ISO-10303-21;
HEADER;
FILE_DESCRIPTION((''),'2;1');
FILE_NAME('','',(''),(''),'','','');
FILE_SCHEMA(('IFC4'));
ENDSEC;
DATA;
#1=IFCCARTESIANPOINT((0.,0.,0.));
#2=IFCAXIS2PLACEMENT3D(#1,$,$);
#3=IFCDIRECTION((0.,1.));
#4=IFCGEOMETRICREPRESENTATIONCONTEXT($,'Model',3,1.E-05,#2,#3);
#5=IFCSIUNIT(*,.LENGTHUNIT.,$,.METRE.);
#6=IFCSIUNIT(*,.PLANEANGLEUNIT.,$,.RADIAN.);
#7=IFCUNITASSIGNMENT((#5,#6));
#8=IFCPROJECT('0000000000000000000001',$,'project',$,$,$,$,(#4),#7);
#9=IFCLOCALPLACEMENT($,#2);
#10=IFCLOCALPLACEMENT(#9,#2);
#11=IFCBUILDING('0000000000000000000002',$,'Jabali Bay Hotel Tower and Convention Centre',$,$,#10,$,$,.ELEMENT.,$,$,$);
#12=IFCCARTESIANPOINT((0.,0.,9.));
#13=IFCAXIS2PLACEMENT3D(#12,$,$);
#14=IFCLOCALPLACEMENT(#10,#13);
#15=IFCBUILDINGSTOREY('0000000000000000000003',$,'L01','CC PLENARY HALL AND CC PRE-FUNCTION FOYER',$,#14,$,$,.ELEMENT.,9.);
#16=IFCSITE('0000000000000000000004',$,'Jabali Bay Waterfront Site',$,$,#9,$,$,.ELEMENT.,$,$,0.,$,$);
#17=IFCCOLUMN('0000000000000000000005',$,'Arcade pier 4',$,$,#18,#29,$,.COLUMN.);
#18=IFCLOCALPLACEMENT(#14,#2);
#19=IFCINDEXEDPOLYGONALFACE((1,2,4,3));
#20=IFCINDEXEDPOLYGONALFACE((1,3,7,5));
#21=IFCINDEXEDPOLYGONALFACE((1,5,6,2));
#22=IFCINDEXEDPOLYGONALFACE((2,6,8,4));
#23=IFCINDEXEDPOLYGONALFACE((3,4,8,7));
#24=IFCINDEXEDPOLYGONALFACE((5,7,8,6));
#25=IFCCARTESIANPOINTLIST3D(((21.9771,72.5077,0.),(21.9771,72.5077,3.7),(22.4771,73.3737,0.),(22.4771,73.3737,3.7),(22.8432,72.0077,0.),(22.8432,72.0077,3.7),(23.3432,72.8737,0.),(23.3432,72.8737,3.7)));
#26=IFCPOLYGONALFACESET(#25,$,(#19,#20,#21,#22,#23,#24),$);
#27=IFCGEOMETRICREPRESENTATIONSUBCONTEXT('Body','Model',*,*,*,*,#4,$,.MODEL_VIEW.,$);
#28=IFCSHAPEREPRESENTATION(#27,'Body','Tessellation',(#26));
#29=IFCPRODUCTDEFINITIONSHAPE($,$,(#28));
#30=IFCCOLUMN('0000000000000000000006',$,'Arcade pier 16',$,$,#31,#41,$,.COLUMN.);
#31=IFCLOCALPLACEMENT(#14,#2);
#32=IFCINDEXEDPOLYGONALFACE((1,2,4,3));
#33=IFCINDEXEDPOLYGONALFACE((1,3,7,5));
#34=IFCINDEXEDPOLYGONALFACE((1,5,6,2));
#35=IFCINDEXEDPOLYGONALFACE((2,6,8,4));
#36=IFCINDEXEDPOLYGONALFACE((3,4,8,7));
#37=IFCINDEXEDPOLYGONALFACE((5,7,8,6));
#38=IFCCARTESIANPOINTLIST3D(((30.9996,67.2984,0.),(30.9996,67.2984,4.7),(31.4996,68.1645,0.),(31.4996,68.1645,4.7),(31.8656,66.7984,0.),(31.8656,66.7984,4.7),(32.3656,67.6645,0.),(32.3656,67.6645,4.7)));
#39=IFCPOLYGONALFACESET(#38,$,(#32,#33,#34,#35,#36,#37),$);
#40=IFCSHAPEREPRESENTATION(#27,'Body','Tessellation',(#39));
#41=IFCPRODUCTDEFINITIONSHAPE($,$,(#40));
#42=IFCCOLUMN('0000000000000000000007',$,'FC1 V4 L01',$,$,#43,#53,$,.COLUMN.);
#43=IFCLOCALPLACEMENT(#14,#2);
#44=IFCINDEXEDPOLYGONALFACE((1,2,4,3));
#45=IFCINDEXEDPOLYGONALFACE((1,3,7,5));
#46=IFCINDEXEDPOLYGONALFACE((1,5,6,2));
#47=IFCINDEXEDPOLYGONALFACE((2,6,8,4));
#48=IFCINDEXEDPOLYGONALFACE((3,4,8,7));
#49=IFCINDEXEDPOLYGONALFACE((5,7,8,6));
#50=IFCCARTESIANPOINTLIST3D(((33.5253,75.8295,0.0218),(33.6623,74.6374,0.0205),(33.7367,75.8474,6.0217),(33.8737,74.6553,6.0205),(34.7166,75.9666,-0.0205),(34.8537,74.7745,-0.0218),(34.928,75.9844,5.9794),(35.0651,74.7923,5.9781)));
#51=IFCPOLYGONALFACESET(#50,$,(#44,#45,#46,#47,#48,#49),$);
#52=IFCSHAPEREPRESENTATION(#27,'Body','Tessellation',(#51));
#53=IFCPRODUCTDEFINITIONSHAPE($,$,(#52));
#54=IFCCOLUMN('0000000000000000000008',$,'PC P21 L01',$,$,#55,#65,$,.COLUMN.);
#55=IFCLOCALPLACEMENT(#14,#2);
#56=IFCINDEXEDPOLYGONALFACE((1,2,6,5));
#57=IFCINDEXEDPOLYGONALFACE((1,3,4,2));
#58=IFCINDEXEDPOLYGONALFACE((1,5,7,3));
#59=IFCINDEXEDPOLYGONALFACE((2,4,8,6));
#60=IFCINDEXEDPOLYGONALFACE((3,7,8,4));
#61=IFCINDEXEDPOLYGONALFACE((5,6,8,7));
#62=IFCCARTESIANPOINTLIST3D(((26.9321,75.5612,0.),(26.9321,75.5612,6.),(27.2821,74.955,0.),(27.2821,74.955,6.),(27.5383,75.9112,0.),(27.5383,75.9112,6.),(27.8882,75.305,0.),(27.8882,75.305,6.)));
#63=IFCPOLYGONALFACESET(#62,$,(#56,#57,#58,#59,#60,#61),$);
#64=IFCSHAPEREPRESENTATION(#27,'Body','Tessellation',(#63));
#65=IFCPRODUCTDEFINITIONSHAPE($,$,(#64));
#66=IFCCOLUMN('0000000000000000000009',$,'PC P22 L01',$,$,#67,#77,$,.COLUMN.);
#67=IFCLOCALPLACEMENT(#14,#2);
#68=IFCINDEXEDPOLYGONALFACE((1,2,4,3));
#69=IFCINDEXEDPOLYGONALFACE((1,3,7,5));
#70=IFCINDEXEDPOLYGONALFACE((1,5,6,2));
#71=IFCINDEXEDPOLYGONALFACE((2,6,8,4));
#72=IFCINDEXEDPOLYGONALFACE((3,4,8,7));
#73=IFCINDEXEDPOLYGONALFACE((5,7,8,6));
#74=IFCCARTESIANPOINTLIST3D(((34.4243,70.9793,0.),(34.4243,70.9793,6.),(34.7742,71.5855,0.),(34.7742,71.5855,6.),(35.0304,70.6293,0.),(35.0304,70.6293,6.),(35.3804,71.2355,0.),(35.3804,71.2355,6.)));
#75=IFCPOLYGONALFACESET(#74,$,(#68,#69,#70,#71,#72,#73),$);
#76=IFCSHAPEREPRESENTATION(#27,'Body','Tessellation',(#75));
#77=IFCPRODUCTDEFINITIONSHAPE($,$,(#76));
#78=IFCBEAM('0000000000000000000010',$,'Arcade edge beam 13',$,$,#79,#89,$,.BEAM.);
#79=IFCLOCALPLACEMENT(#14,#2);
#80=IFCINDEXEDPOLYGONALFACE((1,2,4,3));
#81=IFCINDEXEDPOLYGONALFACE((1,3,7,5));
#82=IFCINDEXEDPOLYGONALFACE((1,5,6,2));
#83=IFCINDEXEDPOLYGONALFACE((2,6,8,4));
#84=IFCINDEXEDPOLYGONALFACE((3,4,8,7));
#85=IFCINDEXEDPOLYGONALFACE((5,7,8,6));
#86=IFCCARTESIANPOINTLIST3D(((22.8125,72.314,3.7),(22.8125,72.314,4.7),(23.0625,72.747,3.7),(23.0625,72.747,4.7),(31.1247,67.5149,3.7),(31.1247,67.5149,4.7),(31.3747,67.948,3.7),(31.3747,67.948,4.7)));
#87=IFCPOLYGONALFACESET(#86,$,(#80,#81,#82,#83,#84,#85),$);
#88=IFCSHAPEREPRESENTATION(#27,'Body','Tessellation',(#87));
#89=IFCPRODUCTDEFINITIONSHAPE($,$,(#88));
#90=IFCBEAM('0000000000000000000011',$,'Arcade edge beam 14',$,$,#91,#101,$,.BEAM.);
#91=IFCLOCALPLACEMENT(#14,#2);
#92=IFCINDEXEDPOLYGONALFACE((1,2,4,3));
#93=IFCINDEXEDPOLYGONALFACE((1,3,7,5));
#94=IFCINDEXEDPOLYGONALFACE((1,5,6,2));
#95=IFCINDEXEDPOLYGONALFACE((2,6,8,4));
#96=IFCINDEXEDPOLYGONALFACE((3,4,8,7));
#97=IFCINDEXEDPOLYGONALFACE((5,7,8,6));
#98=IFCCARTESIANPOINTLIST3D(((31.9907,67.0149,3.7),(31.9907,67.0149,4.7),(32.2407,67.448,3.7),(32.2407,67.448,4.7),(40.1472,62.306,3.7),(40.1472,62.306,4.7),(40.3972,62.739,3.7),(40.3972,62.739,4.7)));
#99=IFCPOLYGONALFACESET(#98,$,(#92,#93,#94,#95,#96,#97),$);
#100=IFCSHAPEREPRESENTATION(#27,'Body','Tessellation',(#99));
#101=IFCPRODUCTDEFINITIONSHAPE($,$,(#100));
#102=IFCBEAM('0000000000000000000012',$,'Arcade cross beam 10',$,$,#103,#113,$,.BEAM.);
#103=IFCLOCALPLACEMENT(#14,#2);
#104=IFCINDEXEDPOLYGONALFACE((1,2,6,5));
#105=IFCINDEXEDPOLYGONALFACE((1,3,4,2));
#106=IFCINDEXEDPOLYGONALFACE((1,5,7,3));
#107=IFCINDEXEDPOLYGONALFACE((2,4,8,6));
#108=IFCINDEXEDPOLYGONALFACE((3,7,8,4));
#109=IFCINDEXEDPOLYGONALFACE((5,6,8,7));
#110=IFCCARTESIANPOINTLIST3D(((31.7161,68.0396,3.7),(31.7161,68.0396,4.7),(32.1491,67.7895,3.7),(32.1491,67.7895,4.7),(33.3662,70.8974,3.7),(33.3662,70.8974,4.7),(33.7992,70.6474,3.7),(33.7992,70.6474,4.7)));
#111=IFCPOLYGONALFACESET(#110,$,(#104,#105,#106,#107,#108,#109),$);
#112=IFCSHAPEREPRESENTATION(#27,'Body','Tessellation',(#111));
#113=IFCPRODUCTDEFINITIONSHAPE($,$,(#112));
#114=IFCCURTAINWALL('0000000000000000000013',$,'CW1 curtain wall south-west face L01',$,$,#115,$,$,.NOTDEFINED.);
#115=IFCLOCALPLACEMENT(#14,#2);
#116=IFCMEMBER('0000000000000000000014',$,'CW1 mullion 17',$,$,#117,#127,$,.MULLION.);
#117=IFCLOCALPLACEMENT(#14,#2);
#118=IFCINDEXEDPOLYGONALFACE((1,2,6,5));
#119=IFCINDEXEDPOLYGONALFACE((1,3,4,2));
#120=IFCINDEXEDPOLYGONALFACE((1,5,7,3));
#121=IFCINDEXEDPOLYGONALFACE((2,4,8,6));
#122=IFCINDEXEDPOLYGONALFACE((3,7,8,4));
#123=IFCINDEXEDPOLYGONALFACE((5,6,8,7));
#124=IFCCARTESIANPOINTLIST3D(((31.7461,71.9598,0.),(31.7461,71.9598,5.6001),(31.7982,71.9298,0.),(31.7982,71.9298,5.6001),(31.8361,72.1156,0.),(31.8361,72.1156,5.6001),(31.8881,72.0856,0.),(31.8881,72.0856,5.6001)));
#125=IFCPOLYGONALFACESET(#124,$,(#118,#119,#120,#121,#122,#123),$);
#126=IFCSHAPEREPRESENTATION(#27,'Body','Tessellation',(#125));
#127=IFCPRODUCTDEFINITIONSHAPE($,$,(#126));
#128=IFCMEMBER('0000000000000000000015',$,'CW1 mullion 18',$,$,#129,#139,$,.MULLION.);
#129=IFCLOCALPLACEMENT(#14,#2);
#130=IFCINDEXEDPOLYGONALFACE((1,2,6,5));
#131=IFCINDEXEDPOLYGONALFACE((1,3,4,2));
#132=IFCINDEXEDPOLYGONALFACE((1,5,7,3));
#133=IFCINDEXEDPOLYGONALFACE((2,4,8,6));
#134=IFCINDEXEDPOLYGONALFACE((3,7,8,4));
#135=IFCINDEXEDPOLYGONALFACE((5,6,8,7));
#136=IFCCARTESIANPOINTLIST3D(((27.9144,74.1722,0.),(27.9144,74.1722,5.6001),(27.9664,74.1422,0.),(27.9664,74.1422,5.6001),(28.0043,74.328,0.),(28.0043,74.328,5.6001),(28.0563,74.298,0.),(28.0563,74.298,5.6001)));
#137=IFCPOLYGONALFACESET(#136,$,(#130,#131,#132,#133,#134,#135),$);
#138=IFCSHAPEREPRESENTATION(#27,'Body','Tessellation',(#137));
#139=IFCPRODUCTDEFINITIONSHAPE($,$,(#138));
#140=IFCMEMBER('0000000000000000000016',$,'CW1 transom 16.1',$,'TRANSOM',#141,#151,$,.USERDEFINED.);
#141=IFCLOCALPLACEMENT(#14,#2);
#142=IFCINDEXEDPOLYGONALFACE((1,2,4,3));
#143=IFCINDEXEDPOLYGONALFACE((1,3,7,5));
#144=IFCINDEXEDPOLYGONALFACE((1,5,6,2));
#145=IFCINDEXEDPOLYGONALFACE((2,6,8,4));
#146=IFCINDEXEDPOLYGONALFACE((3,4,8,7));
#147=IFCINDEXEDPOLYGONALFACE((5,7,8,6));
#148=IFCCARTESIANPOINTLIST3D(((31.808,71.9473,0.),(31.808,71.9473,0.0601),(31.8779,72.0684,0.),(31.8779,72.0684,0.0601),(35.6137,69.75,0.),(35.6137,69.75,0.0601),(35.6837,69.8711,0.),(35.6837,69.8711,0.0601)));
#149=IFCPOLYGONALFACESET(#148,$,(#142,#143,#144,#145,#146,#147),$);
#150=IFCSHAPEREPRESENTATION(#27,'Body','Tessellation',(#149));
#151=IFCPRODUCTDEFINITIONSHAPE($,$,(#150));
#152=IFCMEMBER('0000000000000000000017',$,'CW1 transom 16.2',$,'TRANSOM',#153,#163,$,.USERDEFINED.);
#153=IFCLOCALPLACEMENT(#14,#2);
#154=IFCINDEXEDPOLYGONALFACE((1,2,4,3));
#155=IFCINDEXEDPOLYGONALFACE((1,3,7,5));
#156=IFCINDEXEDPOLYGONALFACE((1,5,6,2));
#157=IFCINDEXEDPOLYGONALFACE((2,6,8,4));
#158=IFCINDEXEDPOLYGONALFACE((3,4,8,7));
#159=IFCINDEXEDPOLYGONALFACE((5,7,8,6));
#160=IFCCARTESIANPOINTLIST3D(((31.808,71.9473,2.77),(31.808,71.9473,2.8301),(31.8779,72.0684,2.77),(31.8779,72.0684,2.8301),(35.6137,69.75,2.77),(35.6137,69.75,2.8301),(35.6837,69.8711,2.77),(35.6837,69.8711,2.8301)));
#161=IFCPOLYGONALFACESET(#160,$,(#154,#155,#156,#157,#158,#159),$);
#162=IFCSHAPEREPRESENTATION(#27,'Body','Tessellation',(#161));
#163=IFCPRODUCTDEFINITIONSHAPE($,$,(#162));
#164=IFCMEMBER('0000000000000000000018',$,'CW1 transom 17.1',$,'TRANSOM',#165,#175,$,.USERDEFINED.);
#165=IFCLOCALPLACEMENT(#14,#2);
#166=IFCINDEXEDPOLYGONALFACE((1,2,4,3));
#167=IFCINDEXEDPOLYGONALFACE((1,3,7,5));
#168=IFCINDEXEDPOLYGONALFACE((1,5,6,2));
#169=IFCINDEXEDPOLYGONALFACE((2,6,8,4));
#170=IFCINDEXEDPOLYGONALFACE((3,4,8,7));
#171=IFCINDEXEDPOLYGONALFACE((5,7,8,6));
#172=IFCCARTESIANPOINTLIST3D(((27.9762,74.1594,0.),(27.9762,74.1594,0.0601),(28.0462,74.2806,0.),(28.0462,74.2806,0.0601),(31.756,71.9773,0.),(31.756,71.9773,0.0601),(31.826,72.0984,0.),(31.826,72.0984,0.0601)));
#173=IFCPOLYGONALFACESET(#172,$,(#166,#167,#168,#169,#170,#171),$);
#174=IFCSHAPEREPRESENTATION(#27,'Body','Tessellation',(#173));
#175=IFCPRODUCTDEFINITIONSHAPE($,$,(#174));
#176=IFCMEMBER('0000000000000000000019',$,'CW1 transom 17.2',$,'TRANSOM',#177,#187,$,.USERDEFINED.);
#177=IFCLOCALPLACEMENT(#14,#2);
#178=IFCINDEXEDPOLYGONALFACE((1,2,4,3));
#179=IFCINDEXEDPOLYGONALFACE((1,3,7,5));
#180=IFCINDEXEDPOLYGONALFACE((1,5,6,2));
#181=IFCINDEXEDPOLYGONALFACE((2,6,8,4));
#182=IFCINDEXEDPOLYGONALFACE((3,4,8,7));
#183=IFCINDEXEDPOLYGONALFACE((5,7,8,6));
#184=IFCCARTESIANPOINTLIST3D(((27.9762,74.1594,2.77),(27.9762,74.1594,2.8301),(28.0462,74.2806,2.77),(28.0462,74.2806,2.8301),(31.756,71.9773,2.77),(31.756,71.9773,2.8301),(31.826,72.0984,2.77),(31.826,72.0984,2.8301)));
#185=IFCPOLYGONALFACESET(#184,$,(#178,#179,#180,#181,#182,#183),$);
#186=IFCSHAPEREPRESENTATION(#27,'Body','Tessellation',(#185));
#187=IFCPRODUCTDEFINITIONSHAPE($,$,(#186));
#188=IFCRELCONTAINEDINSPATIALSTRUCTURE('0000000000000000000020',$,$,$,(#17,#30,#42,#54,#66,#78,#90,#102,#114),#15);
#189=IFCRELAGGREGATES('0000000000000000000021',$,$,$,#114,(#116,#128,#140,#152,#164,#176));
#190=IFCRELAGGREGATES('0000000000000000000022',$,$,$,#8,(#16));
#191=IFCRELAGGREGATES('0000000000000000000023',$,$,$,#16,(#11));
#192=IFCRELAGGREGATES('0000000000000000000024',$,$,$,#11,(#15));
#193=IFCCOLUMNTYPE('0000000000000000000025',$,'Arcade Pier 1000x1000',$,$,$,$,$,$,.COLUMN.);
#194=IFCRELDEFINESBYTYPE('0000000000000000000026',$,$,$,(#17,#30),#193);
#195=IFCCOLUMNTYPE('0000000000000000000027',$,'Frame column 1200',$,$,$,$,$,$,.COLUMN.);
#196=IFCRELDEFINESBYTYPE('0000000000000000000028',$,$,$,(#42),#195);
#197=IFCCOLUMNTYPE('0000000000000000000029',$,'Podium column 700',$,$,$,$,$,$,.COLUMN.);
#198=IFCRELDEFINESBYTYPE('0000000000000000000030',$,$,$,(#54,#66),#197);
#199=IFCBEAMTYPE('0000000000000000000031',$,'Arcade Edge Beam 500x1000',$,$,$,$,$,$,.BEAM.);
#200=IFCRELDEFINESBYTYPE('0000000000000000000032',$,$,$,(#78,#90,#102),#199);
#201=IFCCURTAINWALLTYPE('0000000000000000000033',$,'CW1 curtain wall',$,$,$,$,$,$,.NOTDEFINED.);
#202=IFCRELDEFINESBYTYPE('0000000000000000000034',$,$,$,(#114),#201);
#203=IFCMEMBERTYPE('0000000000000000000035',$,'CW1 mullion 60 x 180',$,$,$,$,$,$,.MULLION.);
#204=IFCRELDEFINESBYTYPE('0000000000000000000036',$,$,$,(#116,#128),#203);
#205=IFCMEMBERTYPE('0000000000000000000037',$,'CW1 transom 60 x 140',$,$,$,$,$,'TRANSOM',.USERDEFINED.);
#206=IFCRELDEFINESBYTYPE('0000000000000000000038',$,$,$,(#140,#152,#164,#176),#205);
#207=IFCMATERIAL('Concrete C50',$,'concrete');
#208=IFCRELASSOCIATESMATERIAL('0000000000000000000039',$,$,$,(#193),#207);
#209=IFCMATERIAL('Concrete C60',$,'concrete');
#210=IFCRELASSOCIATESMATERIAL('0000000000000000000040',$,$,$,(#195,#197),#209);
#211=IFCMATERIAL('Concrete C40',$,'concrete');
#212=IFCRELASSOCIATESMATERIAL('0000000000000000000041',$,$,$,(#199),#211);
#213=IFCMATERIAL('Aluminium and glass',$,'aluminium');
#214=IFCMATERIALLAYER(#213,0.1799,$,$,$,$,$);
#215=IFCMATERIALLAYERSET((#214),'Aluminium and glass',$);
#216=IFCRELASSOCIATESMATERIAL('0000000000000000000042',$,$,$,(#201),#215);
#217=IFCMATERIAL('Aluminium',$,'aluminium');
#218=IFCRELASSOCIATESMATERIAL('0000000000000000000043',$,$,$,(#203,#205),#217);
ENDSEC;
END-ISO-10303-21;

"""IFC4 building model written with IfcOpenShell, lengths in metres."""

from ifc_helpers import new_model, si_unit, direction, frame, origin, origin_2d, place, context, subcontext, project, spatial, rectangle, extrude, material, layer, layer_set, material_profile, profile_set, type_object, element, aggregate, save


model = new_model("IFC4")

# Units and contexts
model_context = context("Model", 3, precision=1e-05, world=origin(), true_north=direction((0.0, 1.0)))
body_context = subcontext(model_context, "Body", "Model", "MODEL_VIEW")
ifc_project = project(units=[si_unit("LENGTHUNIT", "METRE"), si_unit("PLANEANGLEUNIT", "RADIAN")], contexts=[model_context])

# Site, building, storey
site_placement = place(None, origin())
site = spatial("IfcSite", under=ifc_project, at=site_placement, Name="Jabali Bay Waterfront Site", CompositionType="ELEMENT", RefElevation=0.0)
building_placement = place(site_placement, origin())
building = spatial("IfcBuilding", under=site, at=building_placement, Name="Jabali Bay Hotel Tower and Convention Centre", CompositionType="ELEMENT")
storey_placement = place(building_placement, frame((0.0, 0.0, 9.0)))
storey = spatial("IfcBuildingStorey", under=building, at=storey_placement, Name="L01", Description="CC PLENARY HALL AND CC PRE-FUNCTION FOYER", CompositionType="ELEMENT", Elevation=9.0)

# Columns
ifc_material_1 = material(Name="Concrete C50", Category="concrete")
ifc_material_profile_1 = material_profile(ifc_material_1, rectangle(XDim=1.0, YDim=1.0, at=origin_2d()), Name="RC 1000x1000")
ifc_profile_set_1 = profile_set([ifc_material_profile_1], Name="Concrete C50")
column_type_1 = type_object("IfcColumnType", Name="Arcade Pier 1000x1000", PredefinedType="COLUMN", material=ifc_profile_set_1)
column_1_placement = place(storey_placement, frame((22.6602, 72.6907, 0.0), z_axis=(0.0, 0.0, 1.0), x_axis=(0.866025, -0.5, 0.0)))
element("IfcColumn", 1, at=column_1_placement, inside=storey, type_object=column_type_1, Name="Arcade pier 4", PredefinedType="COLUMN", context=body_context, shape_type="SweptSolid", body=[
    extrude(rectangle(XDim=1.0, YDim=1.0, at=origin_2d()), origin(), (0.0, 0.0, 1.0), 3.7),
])
column_2_placement = place(storey_placement, frame((31.6826, 67.4814, 0.0), z_axis=(0.0, 0.0, 1.0), x_axis=(0.866025, -0.5, 0.0)))
element("IfcColumn", 2, at=column_2_placement, inside=storey, type_object=column_type_1, Name="Arcade pier 16", PredefinedType="COLUMN", context=body_context, shape_type="SweptSolid", body=[
    extrude(rectangle(XDim=1.0, YDim=1.0, at=origin_2d()), origin(), (0.0, 0.0, 1.0), 4.7),
])
ifc_material_2 = material(Name="Concrete C60", Category="concrete")
ifc_material_profile_2 = material_profile(ifc_material_2, rectangle(XDim=1.2, YDim=1.2, at=origin_2d()), Name="Frame column 1200")
ifc_profile_set_2 = profile_set([ifc_material_profile_2], Name="Concrete C60")
column_type_2 = type_object("IfcColumnType", Name="Frame column 1200", PredefinedType="COLUMN", material=ifc_profile_set_2)
column_3_placement = place(storey_placement, frame((34.1895, 75.302, 0.0), z_axis=(0.035216, 0.002969, 0.999375), x_axis=(-0.114213, 0.993456, 0.001074)))
element("IfcColumn", 3, at=column_3_placement, inside=storey, type_object=column_type_2, Name="FC1 V4 L01", PredefinedType="COLUMN", context=body_context, shape_type="SweptSolid", body=[
    extrude(rectangle(XDim=1.2, YDim=1.2, at=origin_2d()), origin(), (0.0, 0.0, 1.0), 6.0037),
])
ifc_material_profile_3 = material_profile(ifc_material_2, rectangle(XDim=0.7, YDim=0.7, at=origin_2d()), Name="Podium column 700")
ifc_profile_set_3 = profile_set([ifc_material_profile_3], Name="Concrete C60")
column_type_3 = type_object("IfcColumnType", Name="Podium column 700", PredefinedType="COLUMN", material=ifc_profile_set_3)
for number, where, z_axis, x_axis, name in (
    (4, (27.4102, 75.4331, 0.0), (0.0, 0.0, 1.0), (0.866025, 0.5, 0.0), "PC P21 L01"),
    (5, (34.9023, 71.1074, 0.0), (0.0, 0.0, 1.0), (0.5, 0.866025, 0.0), "PC P22 L01"),
):
    element("IfcColumn", number, at=place(storey_placement, frame(where, z_axis=z_axis, x_axis=x_axis)), inside=storey, type_object=column_type_3, Name=name, PredefinedType="COLUMN", context=body_context, shape_type="SweptSolid", body=[
        extrude(rectangle(XDim=0.7, YDim=0.7, at=origin_2d()), origin(), (0.0, 0.0, 1.0), 6.0),
    ])

# Beams
ifc_material_3 = material(Name="Concrete C40", Category="concrete")
ifc_material_profile_4 = material_profile(ifc_material_3, rectangle(XDim=0.5, YDim=1.0, at=origin_2d()), Name="RC 500x1000")
ifc_profile_set_4 = profile_set([ifc_material_profile_4], Name="Concrete C40")
beam_type = type_object("IfcBeamType", Name="Arcade Edge Beam 500x1000", PredefinedType="BEAM", material=ifc_profile_set_4)
beam_1_placement = place(storey_placement, frame((22.9375, 72.5305, 4.2), z_axis=(0.866026, -0.499999, 0.0), x_axis=(0.499999, 0.866026, 0.0)))
element("IfcBeam", 6, at=beam_1_placement, inside=storey, type_object=beam_type, Name="Arcade edge beam 13", PredefinedType="BEAM", context=body_context, shape_type="SweptSolid", body=[
    extrude(rectangle(XDim=0.5, YDim=1.0, at=origin_2d()), origin(), (0.0, 0.0, 1.0), 9.5981),
])
beam_2_placement = place(storey_placement, frame((32.1157, 67.2314, 4.2), z_axis=(0.866033, -0.499986, 0.0), x_axis=(0.499986, 0.866033, 0.0)))
element("IfcBeam", 7, at=beam_2_placement, inside=storey, type_object=beam_type, Name="Arcade edge beam 14", PredefinedType="BEAM", context=body_context, shape_type="SweptSolid", body=[
    extrude(rectangle(XDim=0.5, YDim=1.0, at=origin_2d()), origin(), (0.0, 0.0, 1.0), 9.4182),
])
beam_3_placement = place(storey_placement, frame((31.9326, 67.9146, 4.2), z_axis=(0.50003, 0.866008, 0.0), x_axis=(-0.866008, 0.50003, 0.0)))
element("IfcBeam", 8, at=beam_3_placement, inside=storey, type_object=beam_type, Name="Arcade cross beam 10", PredefinedType="BEAM", context=body_context, shape_type="SweptSolid", body=[
    extrude(rectangle(XDim=0.5, YDim=1.0, at=origin_2d()), origin(), (0.0, 0.0, 1.0), 3.3),
])

# Curtain wall, members
ifc_material_4 = material(Name="Aluminium and glass", Category="aluminium")
ifc_layer_1 = layer(ifc_material_4, 0.1799)
ifc_layer_set_1 = layer_set([ifc_layer_1], Name="Aluminium and glass")
curtain_wall_type = type_object("IfcCurtainWallType", Name="CW1 curtain wall", PredefinedType="NOTDEFINED", material=ifc_layer_set_1)
curtain_wall_placement = place(storey_placement, origin())
curtain_wall = element("IfcCurtainWall", 9, at=curtain_wall_placement, inside=storey, type_object=curtain_wall_type, Name="CW1 curtain wall south-west face L01", PredefinedType="NOTDEFINED")
ifc_material_5 = material(Name="Aluminium", Category="aluminium")
ifc_material_profile_5 = material_profile(ifc_material_5, rectangle(XDim=0.1799, YDim=0.0601, at=origin_2d()), Name="CW1 mullion 60 x 180")
ifc_profile_set_5 = profile_set([ifc_material_profile_5], Name="Aluminium")
member_type_1 = type_object("IfcMemberType", Name="CW1 mullion 60 x 180", PredefinedType="MULLION", material=ifc_profile_set_5)
member_1_placement = place(storey_placement, frame((31.8171, 72.0227, 0.0), z_axis=(0.0, 0.0, 1.0), x_axis=(-0.5, -0.866025, 0.0)))
member_1 = element("IfcMember", 10, at=member_1_placement, type_object=member_type_1, Name="CW1 mullion 17", PredefinedType="MULLION", context=body_context, shape_type="SweptSolid", body=[
    extrude(rectangle(XDim=0.1799, YDim=0.0601, at=origin_2d()), origin(), (0.0, 0.0, 1.0), 5.6001),
])
member_2_placement = place(storey_placement, frame((27.9854, 74.2351, 0.0), z_axis=(0.0, 0.0, 1.0), x_axis=(-0.5, -0.866025, 0.0)))
member_2 = element("IfcMember", 11, at=member_2_placement, type_object=member_type_1, Name="CW1 mullion 18", PredefinedType="MULLION", context=body_context, shape_type="SweptSolid", body=[
    extrude(rectangle(XDim=0.1799, YDim=0.0601, at=origin_2d()), origin(), (0.0, 0.0, 1.0), 5.6001),
])
ifc_material_profile_6 = material_profile(ifc_material_5, rectangle(XDim=0.1399, YDim=0.0601, at=origin_2d()), Name="CW1 transom 60 x 140")
ifc_profile_set_6 = profile_set([ifc_material_profile_6], Name="Aluminium")
member_type_2 = type_object("IfcMemberType", Name="CW1 transom 60 x 140", ElementType="TRANSOM", PredefinedType="USERDEFINED", material=ifc_profile_set_6)
member_3_placement = place(storey_placement, frame((35.6487, 69.8105, 0.03), z_axis=(-0.866019, 0.500011, 0.0), x_axis=(-0.500011, -0.866019, 0.0)))
member_3 = element("IfcMember", 12, at=member_3_placement, type_object=member_type_2, Name="CW1 transom 16.1", ObjectType="TRANSOM", PredefinedType="USERDEFINED", context=body_context, shape_type="SweptSolid", body=[
    extrude(rectangle(XDim=0.1399, YDim=0.0601, at=origin_2d()), origin(), (0.0, 0.0, 1.0), 4.3945),
])
member_4_placement = place(storey_placement, frame((35.6487, 69.8105, 2.8), z_axis=(-0.866019, 0.500011, 0.0), x_axis=(-0.500011, -0.866019, 0.0)))
member_4 = element("IfcMember", 13, at=member_4_placement, type_object=member_type_2, Name="CW1 transom 16.2", ObjectType="TRANSOM", PredefinedType="USERDEFINED", context=body_context, shape_type="SweptSolid", body=[
    extrude(rectangle(XDim=0.1399, YDim=0.0601, at=origin_2d()), origin(), (0.0, 0.0, 1.0), 4.3945),
])
member_5_placement = place(storey_placement, frame((31.791, 72.0378, 0.03), z_axis=(-0.866038, 0.499977, 0.0), x_axis=(-0.499977, -0.866038, 0.0)))
member_5 = element("IfcMember", 14, at=member_5_placement, type_object=member_type_2, Name="CW1 transom 17.1", ObjectType="TRANSOM", PredefinedType="USERDEFINED", context=body_context, shape_type="SweptSolid", body=[
    extrude(rectangle(XDim=0.1399, YDim=0.0601, at=origin_2d()), origin(), (0.0, 0.0, 1.0), 4.3645),
])
member_6_placement = place(storey_placement, frame((31.791, 72.0378, 2.8), z_axis=(-0.866038, 0.499977, 0.0), x_axis=(-0.499977, -0.866038, 0.0)))
member_6 = element("IfcMember", 15, at=member_6_placement, type_object=member_type_2, Name="CW1 transom 17.2", ObjectType="TRANSOM", PredefinedType="USERDEFINED", context=body_context, shape_type="SweptSolid", body=[
    extrude(rectangle(XDim=0.1399, YDim=0.0601, at=origin_2d()), origin(), (0.0, 0.0, 1.0), 4.3645),
])
aggregate(curtain_wall, [member_1, member_2, member_3, member_4, member_5, member_6])

save(model, "model.ifc")
